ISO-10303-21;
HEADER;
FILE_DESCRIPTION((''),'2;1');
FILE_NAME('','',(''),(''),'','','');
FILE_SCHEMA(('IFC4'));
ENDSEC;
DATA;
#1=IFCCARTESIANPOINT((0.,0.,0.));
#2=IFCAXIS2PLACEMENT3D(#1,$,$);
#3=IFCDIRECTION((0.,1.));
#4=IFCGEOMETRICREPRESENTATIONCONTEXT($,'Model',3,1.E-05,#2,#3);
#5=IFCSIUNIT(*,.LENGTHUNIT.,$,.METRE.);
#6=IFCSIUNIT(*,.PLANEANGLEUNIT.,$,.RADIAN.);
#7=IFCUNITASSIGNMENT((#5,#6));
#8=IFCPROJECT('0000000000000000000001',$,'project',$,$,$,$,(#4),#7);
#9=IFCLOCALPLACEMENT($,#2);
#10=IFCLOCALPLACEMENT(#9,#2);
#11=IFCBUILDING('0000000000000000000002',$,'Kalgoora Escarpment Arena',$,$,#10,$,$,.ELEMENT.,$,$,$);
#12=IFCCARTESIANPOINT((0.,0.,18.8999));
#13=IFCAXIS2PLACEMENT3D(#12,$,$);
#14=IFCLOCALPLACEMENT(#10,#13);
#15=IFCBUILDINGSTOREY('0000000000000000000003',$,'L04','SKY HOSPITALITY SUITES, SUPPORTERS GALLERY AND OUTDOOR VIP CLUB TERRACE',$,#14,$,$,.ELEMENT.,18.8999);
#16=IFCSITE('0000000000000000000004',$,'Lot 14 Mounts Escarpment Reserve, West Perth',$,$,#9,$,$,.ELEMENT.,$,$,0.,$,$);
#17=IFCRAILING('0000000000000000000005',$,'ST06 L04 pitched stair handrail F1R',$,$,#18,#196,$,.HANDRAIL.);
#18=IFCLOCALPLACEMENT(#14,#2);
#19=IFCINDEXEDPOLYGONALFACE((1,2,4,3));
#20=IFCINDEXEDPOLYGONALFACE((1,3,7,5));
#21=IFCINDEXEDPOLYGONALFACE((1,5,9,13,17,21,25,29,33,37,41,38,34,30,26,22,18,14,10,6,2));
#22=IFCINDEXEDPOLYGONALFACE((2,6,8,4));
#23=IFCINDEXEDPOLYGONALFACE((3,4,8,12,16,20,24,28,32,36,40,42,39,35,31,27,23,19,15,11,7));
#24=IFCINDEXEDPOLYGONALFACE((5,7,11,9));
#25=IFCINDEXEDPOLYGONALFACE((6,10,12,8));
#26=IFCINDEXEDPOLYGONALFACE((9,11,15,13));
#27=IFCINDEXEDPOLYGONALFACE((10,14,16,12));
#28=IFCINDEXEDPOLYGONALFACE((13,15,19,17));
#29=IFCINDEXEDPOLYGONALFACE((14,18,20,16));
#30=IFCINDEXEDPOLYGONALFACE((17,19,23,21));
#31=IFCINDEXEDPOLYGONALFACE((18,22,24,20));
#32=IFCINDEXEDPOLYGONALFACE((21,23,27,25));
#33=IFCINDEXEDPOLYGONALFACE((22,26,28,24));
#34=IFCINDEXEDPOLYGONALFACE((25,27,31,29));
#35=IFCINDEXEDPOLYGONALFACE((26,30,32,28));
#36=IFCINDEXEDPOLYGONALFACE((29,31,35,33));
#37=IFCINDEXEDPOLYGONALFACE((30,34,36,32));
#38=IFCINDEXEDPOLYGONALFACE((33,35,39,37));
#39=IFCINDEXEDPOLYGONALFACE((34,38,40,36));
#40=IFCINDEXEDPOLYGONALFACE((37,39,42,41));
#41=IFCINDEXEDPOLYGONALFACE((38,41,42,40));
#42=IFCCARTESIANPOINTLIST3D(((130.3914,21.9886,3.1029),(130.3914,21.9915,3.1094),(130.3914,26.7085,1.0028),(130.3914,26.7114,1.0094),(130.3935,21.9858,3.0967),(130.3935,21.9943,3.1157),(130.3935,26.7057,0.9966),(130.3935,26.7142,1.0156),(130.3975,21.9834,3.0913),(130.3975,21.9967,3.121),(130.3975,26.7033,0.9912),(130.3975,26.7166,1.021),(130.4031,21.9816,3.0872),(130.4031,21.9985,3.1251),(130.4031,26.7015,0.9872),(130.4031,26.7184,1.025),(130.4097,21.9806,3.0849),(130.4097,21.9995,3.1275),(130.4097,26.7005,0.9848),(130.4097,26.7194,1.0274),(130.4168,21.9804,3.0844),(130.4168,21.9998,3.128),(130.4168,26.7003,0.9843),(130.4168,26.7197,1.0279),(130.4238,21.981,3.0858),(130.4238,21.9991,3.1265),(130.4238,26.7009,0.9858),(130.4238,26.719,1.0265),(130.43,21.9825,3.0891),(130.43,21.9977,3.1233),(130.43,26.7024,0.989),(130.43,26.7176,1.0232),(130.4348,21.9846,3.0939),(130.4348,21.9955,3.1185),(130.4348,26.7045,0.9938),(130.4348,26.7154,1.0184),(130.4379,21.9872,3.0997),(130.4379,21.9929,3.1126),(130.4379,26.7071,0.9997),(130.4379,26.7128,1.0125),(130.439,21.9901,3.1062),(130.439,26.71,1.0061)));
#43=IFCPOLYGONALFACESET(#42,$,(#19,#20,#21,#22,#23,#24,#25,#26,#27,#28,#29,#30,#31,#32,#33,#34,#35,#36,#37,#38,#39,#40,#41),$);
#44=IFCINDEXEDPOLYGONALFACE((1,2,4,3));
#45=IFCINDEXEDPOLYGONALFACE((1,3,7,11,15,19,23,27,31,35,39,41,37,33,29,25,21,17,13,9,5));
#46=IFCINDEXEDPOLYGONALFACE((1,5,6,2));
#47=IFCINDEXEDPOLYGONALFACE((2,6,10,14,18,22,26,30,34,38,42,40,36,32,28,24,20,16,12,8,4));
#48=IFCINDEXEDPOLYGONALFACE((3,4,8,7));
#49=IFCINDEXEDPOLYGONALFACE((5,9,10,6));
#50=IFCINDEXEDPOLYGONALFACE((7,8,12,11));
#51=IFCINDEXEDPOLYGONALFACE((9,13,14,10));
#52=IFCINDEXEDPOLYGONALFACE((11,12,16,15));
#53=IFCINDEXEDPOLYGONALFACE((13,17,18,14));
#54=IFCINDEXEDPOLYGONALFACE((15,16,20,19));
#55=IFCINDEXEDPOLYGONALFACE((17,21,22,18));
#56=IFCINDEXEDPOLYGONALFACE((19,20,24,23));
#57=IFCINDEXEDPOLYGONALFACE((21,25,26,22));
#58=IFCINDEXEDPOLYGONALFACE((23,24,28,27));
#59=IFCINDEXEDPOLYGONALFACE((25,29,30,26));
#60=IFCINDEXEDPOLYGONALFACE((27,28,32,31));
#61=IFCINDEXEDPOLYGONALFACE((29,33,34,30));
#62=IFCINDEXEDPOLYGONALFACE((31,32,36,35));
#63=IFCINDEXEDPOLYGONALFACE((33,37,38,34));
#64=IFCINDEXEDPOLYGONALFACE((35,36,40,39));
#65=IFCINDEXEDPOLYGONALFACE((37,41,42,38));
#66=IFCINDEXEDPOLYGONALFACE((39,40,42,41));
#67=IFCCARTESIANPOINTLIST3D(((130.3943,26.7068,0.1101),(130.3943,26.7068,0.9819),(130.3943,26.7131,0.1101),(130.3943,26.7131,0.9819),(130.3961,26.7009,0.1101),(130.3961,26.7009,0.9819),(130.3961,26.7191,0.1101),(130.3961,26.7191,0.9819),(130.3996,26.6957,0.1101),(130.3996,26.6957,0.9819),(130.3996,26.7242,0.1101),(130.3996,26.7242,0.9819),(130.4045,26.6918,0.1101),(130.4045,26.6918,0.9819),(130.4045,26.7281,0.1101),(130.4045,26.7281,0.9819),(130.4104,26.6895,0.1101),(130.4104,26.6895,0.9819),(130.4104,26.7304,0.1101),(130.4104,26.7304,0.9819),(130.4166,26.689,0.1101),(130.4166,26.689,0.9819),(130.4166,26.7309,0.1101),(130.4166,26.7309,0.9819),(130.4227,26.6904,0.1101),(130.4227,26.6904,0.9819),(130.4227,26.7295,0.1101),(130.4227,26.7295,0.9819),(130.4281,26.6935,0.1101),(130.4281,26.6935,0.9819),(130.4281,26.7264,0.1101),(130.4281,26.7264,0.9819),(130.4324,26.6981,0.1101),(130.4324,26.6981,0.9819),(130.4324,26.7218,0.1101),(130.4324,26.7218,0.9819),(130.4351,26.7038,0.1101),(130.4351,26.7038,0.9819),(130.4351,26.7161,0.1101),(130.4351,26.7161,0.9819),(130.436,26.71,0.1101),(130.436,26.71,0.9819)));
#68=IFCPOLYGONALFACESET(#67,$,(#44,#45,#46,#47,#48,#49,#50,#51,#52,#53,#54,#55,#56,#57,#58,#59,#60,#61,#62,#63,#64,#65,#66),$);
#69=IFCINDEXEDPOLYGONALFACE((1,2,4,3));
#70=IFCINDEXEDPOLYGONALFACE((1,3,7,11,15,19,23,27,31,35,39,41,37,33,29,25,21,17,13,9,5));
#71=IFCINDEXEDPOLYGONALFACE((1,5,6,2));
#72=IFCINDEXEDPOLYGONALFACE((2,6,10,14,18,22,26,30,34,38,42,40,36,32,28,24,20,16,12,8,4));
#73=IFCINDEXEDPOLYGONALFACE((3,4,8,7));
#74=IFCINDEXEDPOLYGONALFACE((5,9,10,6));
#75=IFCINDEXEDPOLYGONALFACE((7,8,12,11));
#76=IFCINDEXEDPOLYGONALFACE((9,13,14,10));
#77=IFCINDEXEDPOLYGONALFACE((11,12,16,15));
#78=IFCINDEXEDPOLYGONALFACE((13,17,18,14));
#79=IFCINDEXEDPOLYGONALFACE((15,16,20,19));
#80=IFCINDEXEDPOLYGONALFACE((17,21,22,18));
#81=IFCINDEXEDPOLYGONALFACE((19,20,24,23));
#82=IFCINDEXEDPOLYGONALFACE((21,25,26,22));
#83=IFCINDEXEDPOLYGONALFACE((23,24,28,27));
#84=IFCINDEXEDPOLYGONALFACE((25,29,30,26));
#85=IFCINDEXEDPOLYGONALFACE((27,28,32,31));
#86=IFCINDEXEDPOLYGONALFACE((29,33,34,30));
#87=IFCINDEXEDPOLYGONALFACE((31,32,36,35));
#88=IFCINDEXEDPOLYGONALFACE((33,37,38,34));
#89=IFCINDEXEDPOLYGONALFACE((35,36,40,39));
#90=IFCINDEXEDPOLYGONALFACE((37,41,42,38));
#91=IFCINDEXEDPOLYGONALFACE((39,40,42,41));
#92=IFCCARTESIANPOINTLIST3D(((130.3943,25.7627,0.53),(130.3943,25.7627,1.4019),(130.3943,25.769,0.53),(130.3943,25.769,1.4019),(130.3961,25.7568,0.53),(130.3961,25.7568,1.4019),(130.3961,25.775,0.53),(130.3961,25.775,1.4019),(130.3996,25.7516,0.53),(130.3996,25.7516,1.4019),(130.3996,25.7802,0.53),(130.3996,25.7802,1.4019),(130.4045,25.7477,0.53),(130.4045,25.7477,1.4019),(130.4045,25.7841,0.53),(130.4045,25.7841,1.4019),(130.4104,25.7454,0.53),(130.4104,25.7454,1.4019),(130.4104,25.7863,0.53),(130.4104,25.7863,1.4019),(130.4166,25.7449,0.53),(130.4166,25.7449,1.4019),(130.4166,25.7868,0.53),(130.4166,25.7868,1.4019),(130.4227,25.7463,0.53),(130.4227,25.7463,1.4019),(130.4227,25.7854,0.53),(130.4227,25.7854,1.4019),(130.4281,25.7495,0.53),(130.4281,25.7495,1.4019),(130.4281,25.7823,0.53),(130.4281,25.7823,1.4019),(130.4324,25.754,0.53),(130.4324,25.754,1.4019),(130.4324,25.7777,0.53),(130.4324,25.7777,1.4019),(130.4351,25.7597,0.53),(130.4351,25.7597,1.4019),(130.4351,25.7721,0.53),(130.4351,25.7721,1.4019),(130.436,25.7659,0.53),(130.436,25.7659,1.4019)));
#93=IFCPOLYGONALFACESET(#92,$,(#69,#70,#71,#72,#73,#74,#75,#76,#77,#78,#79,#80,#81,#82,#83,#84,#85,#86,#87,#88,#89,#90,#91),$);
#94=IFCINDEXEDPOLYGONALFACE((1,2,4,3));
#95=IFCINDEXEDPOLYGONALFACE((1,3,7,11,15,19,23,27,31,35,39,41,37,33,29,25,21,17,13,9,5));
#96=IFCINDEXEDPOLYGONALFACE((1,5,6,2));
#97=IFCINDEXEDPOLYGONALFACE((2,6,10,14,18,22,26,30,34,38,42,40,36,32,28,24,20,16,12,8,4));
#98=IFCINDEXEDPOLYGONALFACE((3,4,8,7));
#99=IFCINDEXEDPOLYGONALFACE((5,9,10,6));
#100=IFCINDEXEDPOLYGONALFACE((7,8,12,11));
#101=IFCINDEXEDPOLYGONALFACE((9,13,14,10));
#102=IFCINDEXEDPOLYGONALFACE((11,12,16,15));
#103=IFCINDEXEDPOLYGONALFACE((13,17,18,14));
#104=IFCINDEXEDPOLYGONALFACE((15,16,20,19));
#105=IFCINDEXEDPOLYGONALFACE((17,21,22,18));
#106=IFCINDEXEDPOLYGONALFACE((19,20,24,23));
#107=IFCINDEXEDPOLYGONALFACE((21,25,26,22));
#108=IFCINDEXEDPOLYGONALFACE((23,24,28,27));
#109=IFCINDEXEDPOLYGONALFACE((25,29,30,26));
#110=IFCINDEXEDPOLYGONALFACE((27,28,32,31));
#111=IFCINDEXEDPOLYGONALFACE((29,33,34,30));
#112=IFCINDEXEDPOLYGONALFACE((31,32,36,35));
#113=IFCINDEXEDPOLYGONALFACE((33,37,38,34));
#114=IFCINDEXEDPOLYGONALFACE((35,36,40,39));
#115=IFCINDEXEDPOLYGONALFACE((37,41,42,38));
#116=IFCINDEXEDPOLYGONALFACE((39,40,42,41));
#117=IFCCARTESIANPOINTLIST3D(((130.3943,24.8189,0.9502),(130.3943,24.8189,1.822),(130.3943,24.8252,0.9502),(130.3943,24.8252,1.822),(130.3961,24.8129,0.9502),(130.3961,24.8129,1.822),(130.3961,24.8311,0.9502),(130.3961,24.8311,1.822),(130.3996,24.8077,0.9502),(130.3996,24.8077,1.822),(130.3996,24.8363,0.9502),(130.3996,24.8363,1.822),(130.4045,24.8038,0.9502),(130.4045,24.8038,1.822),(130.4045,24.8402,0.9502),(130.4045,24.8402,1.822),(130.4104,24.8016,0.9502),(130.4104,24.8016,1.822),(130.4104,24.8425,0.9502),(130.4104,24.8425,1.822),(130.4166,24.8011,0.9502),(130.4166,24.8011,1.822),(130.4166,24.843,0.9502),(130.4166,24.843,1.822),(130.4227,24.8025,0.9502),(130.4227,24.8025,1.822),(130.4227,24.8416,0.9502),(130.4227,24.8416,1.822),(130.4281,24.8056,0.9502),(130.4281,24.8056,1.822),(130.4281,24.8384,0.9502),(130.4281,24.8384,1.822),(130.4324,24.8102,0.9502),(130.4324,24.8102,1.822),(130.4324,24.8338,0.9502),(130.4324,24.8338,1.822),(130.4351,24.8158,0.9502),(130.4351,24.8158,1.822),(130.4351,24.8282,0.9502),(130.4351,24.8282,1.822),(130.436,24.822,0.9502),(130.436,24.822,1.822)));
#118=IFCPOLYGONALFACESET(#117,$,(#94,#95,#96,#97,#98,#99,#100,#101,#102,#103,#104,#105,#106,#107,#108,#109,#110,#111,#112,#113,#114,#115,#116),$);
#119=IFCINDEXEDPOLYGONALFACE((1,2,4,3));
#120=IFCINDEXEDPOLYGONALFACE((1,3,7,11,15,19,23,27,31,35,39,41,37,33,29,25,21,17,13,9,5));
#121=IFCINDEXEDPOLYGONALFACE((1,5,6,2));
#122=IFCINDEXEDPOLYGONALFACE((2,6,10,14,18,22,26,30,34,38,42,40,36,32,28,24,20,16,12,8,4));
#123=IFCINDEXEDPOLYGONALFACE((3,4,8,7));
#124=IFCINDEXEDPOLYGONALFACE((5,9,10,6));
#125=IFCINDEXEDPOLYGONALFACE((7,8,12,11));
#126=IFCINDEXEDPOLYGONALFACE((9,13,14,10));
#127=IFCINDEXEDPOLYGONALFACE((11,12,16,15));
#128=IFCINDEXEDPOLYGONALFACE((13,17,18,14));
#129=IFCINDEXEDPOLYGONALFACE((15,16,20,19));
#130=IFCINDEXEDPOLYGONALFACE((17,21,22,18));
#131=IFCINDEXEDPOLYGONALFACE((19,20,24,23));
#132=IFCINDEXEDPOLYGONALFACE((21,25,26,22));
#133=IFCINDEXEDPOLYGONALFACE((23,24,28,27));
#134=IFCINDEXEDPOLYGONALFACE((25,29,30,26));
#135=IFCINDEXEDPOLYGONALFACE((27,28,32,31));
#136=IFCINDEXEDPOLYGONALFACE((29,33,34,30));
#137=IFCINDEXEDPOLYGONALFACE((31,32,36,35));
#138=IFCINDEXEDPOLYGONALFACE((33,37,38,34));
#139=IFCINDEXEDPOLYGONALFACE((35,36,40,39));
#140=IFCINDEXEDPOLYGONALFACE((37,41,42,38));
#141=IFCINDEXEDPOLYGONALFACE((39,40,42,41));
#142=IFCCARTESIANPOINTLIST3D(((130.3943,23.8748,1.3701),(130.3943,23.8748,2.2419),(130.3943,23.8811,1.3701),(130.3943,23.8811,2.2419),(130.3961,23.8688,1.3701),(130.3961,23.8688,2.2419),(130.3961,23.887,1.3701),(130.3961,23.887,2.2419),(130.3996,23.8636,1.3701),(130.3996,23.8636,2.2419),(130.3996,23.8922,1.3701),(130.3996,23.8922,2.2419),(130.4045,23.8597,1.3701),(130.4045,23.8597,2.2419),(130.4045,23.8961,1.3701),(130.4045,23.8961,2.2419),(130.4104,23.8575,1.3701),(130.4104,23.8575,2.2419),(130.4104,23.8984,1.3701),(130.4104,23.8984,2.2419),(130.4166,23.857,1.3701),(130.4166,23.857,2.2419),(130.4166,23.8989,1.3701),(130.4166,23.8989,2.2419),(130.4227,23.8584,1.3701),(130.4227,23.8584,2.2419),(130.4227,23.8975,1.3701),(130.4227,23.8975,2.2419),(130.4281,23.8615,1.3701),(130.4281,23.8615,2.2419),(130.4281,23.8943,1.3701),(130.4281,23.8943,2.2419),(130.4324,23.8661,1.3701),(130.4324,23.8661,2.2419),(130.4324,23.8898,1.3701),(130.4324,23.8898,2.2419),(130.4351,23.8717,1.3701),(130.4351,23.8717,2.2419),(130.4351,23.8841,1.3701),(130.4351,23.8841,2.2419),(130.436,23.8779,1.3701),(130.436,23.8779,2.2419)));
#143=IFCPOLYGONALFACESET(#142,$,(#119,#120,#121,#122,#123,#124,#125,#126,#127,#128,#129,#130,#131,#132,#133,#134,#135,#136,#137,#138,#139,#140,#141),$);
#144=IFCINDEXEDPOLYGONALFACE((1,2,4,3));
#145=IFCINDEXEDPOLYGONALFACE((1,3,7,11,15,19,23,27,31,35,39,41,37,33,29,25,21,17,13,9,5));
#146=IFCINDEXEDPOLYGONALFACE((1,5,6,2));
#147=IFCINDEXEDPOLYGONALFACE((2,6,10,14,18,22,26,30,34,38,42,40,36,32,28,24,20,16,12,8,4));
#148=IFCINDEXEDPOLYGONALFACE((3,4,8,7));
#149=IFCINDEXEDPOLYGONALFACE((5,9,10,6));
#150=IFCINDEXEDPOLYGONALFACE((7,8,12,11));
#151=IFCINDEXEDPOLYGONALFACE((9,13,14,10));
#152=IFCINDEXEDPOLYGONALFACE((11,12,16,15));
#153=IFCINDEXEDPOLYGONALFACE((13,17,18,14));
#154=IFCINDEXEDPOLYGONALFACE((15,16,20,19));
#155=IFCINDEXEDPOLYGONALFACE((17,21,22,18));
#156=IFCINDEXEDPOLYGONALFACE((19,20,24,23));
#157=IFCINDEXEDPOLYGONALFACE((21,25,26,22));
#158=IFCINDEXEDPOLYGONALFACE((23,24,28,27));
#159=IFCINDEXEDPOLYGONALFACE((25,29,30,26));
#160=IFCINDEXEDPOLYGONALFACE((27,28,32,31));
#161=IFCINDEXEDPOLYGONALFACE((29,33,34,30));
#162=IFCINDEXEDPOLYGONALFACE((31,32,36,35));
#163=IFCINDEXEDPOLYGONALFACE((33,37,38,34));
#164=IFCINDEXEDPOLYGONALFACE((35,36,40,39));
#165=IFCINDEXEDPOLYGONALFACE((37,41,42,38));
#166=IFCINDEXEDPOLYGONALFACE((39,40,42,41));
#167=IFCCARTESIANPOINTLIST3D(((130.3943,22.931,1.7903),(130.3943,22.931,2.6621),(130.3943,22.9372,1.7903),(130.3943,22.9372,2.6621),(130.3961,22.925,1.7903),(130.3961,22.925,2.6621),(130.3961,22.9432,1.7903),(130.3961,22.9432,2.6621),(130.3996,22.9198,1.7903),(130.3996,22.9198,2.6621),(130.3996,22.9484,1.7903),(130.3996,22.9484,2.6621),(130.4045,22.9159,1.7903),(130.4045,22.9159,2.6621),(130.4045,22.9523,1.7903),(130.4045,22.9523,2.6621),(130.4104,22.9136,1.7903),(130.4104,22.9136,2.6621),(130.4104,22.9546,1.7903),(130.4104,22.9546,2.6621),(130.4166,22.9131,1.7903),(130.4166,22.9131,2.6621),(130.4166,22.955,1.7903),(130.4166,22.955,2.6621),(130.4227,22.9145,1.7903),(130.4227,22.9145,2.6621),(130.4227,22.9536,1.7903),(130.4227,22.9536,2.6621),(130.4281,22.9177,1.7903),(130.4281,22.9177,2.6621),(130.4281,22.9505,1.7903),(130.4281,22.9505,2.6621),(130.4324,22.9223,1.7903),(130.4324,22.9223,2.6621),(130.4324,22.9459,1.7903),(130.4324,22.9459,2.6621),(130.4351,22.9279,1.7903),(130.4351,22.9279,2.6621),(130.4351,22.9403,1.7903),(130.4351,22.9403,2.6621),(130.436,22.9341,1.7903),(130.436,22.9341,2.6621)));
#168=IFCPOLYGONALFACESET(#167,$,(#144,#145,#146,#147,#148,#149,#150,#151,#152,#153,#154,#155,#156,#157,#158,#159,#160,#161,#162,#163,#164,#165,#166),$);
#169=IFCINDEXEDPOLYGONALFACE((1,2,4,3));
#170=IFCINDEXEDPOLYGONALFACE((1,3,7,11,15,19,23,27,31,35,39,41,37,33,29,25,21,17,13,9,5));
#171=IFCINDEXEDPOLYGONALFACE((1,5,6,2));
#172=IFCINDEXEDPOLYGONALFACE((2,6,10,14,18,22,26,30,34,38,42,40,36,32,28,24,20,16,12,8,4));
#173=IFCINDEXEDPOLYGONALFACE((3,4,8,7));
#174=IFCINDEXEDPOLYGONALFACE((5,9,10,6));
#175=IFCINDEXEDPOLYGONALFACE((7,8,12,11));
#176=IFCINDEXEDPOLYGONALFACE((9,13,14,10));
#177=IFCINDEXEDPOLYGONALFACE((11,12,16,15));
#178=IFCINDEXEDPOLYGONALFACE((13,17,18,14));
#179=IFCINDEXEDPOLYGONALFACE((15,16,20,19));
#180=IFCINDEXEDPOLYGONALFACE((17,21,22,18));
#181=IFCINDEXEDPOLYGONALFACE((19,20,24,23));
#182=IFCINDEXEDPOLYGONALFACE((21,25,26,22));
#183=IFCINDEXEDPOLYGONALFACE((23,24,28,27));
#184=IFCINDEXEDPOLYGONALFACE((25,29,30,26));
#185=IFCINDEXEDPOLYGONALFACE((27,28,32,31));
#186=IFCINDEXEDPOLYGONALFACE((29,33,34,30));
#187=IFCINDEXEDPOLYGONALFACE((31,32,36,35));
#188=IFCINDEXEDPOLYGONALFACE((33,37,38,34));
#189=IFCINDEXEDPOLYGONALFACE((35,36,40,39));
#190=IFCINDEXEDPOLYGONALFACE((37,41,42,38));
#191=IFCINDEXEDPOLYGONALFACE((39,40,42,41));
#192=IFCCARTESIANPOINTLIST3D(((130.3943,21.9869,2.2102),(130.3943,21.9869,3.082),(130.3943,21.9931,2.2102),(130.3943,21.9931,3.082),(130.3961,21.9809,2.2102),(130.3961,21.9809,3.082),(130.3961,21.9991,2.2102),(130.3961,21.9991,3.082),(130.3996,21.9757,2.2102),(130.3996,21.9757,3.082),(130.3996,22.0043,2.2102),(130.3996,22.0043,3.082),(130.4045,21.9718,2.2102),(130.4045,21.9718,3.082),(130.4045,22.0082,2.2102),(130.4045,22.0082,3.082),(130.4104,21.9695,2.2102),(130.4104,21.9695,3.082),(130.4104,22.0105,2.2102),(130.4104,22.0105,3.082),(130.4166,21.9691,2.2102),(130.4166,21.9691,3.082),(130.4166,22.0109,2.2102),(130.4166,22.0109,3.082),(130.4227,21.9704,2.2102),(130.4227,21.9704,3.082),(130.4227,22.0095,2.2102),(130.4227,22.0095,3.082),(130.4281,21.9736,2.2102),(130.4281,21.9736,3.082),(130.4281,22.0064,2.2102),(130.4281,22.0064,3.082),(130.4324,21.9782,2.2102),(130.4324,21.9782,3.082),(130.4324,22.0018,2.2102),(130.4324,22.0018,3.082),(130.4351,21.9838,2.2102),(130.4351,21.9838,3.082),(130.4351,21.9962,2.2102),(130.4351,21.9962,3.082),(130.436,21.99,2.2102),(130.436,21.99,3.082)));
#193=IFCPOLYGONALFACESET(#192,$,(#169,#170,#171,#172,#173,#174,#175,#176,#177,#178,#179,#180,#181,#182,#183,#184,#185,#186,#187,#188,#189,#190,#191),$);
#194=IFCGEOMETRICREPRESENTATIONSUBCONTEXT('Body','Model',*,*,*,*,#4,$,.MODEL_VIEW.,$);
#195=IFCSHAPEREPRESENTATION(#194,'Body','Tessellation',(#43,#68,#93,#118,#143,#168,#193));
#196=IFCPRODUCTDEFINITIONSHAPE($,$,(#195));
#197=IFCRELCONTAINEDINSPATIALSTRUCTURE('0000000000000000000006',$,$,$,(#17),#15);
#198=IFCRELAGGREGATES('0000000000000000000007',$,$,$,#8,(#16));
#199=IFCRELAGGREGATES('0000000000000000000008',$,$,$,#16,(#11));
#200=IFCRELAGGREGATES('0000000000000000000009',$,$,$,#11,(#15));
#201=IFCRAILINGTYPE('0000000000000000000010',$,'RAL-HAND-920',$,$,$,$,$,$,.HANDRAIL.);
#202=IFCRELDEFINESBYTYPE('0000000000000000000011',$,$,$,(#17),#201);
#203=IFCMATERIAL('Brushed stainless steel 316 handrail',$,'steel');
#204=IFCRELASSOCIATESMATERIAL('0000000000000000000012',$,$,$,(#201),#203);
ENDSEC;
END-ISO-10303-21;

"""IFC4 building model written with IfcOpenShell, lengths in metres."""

from ifc_helpers import new_model, si_unit, direction, frame, origin, origin_2d, place, context, subcontext, project, spatial, circle, extrude, material, type_object, element, save


model = new_model("IFC4")

# Units and contexts
model_context = context("Model", 3, precision=1e-05, world=origin(), true_north=direction((0.0, 1.0)))
body_context = subcontext(model_context, "Body", "Model", "MODEL_VIEW")
ifc_project = project(units=[si_unit("LENGTHUNIT", "METRE"), si_unit("PLANEANGLEUNIT", "RADIAN")], contexts=[model_context])

# Site, building, storey
site_placement = place(None, origin())
site = spatial("IfcSite", under=ifc_project, at=site_placement, Name="Lot 14 Mounts Escarpment Reserve, West Perth", CompositionType="ELEMENT", RefElevation=0.0)
building_placement = place(site_placement, origin())
building = spatial("IfcBuilding", under=site, at=building_placement, Name="Kalgoora Escarpment Arena", CompositionType="ELEMENT")
storey_placement = place(building_placement, frame((0.0, 0.0, 18.8999)))
storey = spatial("IfcBuildingStorey", under=building, at=storey_placement, Name="L04", Description="SKY HOSPITALITY SUITES, SUPPORTERS GALLERY AND OUTDOOR VIP CLUB TERRACE", CompositionType="ELEMENT", Elevation=18.8999)

# Railing
ifc_material_1 = material(Name="Brushed stainless steel 316 handrail", Category="steel")
railing_type_1 = type_object("IfcRailingType", Name="RAL-HAND-920", PredefinedType="HANDRAIL", material=ifc_material_1)
for number, where, name in (
    (1, (130.415, 26.71, 0.1101), "ST06 L04 pitched stair handrail F1R"),
):
    element("IfcRailing", number, at=place(storey_placement, frame(where)), inside=storey, type_object=railing_type_1, Name=name, PredefinedType="HANDRAIL", context=body_context, shape_type="SweptSolid", body=[
        extrude(circle(Radius=0.0239, at=origin_2d()), frame((0.0, 0.0, 0.896), z_axis=(0.0, -0.913644, 0.406516), x_axis=(1.0, 0.0, 0.0)), (0.0, 0.0, 1.0), 5.166),
        extrude(circle(Radius=0.021, at=origin_2d()), origin(), (0.0, 0.0, 1.0), 0.8718),
        extrude(circle(Radius=0.021, at=origin_2d()), frame((0.0, -0.9441, 0.4199)), (0.0, 0.0, 1.0), 0.8718),
        extrude(circle(Radius=0.021, at=origin_2d()), frame((0.0, -1.8879, 0.8401)), (0.0, 0.0, 1.0), 0.8718),
        extrude(circle(Radius=0.021, at=origin_2d()), frame((0.0, -2.832, 1.26)), (0.0, 0.0, 1.0), 0.8718),
        extrude(circle(Radius=0.021, at=origin_2d()), frame((0.0, -3.7759, 1.6802)), (0.0, 0.0, 1.0), 0.8718),
        extrude(circle(Radius=0.021, at=origin_2d()), frame((0.0, -4.72, 2.1001)), (0.0, 0.0, 1.0), 0.8718),
    ])

save(model, "model.ifc")
